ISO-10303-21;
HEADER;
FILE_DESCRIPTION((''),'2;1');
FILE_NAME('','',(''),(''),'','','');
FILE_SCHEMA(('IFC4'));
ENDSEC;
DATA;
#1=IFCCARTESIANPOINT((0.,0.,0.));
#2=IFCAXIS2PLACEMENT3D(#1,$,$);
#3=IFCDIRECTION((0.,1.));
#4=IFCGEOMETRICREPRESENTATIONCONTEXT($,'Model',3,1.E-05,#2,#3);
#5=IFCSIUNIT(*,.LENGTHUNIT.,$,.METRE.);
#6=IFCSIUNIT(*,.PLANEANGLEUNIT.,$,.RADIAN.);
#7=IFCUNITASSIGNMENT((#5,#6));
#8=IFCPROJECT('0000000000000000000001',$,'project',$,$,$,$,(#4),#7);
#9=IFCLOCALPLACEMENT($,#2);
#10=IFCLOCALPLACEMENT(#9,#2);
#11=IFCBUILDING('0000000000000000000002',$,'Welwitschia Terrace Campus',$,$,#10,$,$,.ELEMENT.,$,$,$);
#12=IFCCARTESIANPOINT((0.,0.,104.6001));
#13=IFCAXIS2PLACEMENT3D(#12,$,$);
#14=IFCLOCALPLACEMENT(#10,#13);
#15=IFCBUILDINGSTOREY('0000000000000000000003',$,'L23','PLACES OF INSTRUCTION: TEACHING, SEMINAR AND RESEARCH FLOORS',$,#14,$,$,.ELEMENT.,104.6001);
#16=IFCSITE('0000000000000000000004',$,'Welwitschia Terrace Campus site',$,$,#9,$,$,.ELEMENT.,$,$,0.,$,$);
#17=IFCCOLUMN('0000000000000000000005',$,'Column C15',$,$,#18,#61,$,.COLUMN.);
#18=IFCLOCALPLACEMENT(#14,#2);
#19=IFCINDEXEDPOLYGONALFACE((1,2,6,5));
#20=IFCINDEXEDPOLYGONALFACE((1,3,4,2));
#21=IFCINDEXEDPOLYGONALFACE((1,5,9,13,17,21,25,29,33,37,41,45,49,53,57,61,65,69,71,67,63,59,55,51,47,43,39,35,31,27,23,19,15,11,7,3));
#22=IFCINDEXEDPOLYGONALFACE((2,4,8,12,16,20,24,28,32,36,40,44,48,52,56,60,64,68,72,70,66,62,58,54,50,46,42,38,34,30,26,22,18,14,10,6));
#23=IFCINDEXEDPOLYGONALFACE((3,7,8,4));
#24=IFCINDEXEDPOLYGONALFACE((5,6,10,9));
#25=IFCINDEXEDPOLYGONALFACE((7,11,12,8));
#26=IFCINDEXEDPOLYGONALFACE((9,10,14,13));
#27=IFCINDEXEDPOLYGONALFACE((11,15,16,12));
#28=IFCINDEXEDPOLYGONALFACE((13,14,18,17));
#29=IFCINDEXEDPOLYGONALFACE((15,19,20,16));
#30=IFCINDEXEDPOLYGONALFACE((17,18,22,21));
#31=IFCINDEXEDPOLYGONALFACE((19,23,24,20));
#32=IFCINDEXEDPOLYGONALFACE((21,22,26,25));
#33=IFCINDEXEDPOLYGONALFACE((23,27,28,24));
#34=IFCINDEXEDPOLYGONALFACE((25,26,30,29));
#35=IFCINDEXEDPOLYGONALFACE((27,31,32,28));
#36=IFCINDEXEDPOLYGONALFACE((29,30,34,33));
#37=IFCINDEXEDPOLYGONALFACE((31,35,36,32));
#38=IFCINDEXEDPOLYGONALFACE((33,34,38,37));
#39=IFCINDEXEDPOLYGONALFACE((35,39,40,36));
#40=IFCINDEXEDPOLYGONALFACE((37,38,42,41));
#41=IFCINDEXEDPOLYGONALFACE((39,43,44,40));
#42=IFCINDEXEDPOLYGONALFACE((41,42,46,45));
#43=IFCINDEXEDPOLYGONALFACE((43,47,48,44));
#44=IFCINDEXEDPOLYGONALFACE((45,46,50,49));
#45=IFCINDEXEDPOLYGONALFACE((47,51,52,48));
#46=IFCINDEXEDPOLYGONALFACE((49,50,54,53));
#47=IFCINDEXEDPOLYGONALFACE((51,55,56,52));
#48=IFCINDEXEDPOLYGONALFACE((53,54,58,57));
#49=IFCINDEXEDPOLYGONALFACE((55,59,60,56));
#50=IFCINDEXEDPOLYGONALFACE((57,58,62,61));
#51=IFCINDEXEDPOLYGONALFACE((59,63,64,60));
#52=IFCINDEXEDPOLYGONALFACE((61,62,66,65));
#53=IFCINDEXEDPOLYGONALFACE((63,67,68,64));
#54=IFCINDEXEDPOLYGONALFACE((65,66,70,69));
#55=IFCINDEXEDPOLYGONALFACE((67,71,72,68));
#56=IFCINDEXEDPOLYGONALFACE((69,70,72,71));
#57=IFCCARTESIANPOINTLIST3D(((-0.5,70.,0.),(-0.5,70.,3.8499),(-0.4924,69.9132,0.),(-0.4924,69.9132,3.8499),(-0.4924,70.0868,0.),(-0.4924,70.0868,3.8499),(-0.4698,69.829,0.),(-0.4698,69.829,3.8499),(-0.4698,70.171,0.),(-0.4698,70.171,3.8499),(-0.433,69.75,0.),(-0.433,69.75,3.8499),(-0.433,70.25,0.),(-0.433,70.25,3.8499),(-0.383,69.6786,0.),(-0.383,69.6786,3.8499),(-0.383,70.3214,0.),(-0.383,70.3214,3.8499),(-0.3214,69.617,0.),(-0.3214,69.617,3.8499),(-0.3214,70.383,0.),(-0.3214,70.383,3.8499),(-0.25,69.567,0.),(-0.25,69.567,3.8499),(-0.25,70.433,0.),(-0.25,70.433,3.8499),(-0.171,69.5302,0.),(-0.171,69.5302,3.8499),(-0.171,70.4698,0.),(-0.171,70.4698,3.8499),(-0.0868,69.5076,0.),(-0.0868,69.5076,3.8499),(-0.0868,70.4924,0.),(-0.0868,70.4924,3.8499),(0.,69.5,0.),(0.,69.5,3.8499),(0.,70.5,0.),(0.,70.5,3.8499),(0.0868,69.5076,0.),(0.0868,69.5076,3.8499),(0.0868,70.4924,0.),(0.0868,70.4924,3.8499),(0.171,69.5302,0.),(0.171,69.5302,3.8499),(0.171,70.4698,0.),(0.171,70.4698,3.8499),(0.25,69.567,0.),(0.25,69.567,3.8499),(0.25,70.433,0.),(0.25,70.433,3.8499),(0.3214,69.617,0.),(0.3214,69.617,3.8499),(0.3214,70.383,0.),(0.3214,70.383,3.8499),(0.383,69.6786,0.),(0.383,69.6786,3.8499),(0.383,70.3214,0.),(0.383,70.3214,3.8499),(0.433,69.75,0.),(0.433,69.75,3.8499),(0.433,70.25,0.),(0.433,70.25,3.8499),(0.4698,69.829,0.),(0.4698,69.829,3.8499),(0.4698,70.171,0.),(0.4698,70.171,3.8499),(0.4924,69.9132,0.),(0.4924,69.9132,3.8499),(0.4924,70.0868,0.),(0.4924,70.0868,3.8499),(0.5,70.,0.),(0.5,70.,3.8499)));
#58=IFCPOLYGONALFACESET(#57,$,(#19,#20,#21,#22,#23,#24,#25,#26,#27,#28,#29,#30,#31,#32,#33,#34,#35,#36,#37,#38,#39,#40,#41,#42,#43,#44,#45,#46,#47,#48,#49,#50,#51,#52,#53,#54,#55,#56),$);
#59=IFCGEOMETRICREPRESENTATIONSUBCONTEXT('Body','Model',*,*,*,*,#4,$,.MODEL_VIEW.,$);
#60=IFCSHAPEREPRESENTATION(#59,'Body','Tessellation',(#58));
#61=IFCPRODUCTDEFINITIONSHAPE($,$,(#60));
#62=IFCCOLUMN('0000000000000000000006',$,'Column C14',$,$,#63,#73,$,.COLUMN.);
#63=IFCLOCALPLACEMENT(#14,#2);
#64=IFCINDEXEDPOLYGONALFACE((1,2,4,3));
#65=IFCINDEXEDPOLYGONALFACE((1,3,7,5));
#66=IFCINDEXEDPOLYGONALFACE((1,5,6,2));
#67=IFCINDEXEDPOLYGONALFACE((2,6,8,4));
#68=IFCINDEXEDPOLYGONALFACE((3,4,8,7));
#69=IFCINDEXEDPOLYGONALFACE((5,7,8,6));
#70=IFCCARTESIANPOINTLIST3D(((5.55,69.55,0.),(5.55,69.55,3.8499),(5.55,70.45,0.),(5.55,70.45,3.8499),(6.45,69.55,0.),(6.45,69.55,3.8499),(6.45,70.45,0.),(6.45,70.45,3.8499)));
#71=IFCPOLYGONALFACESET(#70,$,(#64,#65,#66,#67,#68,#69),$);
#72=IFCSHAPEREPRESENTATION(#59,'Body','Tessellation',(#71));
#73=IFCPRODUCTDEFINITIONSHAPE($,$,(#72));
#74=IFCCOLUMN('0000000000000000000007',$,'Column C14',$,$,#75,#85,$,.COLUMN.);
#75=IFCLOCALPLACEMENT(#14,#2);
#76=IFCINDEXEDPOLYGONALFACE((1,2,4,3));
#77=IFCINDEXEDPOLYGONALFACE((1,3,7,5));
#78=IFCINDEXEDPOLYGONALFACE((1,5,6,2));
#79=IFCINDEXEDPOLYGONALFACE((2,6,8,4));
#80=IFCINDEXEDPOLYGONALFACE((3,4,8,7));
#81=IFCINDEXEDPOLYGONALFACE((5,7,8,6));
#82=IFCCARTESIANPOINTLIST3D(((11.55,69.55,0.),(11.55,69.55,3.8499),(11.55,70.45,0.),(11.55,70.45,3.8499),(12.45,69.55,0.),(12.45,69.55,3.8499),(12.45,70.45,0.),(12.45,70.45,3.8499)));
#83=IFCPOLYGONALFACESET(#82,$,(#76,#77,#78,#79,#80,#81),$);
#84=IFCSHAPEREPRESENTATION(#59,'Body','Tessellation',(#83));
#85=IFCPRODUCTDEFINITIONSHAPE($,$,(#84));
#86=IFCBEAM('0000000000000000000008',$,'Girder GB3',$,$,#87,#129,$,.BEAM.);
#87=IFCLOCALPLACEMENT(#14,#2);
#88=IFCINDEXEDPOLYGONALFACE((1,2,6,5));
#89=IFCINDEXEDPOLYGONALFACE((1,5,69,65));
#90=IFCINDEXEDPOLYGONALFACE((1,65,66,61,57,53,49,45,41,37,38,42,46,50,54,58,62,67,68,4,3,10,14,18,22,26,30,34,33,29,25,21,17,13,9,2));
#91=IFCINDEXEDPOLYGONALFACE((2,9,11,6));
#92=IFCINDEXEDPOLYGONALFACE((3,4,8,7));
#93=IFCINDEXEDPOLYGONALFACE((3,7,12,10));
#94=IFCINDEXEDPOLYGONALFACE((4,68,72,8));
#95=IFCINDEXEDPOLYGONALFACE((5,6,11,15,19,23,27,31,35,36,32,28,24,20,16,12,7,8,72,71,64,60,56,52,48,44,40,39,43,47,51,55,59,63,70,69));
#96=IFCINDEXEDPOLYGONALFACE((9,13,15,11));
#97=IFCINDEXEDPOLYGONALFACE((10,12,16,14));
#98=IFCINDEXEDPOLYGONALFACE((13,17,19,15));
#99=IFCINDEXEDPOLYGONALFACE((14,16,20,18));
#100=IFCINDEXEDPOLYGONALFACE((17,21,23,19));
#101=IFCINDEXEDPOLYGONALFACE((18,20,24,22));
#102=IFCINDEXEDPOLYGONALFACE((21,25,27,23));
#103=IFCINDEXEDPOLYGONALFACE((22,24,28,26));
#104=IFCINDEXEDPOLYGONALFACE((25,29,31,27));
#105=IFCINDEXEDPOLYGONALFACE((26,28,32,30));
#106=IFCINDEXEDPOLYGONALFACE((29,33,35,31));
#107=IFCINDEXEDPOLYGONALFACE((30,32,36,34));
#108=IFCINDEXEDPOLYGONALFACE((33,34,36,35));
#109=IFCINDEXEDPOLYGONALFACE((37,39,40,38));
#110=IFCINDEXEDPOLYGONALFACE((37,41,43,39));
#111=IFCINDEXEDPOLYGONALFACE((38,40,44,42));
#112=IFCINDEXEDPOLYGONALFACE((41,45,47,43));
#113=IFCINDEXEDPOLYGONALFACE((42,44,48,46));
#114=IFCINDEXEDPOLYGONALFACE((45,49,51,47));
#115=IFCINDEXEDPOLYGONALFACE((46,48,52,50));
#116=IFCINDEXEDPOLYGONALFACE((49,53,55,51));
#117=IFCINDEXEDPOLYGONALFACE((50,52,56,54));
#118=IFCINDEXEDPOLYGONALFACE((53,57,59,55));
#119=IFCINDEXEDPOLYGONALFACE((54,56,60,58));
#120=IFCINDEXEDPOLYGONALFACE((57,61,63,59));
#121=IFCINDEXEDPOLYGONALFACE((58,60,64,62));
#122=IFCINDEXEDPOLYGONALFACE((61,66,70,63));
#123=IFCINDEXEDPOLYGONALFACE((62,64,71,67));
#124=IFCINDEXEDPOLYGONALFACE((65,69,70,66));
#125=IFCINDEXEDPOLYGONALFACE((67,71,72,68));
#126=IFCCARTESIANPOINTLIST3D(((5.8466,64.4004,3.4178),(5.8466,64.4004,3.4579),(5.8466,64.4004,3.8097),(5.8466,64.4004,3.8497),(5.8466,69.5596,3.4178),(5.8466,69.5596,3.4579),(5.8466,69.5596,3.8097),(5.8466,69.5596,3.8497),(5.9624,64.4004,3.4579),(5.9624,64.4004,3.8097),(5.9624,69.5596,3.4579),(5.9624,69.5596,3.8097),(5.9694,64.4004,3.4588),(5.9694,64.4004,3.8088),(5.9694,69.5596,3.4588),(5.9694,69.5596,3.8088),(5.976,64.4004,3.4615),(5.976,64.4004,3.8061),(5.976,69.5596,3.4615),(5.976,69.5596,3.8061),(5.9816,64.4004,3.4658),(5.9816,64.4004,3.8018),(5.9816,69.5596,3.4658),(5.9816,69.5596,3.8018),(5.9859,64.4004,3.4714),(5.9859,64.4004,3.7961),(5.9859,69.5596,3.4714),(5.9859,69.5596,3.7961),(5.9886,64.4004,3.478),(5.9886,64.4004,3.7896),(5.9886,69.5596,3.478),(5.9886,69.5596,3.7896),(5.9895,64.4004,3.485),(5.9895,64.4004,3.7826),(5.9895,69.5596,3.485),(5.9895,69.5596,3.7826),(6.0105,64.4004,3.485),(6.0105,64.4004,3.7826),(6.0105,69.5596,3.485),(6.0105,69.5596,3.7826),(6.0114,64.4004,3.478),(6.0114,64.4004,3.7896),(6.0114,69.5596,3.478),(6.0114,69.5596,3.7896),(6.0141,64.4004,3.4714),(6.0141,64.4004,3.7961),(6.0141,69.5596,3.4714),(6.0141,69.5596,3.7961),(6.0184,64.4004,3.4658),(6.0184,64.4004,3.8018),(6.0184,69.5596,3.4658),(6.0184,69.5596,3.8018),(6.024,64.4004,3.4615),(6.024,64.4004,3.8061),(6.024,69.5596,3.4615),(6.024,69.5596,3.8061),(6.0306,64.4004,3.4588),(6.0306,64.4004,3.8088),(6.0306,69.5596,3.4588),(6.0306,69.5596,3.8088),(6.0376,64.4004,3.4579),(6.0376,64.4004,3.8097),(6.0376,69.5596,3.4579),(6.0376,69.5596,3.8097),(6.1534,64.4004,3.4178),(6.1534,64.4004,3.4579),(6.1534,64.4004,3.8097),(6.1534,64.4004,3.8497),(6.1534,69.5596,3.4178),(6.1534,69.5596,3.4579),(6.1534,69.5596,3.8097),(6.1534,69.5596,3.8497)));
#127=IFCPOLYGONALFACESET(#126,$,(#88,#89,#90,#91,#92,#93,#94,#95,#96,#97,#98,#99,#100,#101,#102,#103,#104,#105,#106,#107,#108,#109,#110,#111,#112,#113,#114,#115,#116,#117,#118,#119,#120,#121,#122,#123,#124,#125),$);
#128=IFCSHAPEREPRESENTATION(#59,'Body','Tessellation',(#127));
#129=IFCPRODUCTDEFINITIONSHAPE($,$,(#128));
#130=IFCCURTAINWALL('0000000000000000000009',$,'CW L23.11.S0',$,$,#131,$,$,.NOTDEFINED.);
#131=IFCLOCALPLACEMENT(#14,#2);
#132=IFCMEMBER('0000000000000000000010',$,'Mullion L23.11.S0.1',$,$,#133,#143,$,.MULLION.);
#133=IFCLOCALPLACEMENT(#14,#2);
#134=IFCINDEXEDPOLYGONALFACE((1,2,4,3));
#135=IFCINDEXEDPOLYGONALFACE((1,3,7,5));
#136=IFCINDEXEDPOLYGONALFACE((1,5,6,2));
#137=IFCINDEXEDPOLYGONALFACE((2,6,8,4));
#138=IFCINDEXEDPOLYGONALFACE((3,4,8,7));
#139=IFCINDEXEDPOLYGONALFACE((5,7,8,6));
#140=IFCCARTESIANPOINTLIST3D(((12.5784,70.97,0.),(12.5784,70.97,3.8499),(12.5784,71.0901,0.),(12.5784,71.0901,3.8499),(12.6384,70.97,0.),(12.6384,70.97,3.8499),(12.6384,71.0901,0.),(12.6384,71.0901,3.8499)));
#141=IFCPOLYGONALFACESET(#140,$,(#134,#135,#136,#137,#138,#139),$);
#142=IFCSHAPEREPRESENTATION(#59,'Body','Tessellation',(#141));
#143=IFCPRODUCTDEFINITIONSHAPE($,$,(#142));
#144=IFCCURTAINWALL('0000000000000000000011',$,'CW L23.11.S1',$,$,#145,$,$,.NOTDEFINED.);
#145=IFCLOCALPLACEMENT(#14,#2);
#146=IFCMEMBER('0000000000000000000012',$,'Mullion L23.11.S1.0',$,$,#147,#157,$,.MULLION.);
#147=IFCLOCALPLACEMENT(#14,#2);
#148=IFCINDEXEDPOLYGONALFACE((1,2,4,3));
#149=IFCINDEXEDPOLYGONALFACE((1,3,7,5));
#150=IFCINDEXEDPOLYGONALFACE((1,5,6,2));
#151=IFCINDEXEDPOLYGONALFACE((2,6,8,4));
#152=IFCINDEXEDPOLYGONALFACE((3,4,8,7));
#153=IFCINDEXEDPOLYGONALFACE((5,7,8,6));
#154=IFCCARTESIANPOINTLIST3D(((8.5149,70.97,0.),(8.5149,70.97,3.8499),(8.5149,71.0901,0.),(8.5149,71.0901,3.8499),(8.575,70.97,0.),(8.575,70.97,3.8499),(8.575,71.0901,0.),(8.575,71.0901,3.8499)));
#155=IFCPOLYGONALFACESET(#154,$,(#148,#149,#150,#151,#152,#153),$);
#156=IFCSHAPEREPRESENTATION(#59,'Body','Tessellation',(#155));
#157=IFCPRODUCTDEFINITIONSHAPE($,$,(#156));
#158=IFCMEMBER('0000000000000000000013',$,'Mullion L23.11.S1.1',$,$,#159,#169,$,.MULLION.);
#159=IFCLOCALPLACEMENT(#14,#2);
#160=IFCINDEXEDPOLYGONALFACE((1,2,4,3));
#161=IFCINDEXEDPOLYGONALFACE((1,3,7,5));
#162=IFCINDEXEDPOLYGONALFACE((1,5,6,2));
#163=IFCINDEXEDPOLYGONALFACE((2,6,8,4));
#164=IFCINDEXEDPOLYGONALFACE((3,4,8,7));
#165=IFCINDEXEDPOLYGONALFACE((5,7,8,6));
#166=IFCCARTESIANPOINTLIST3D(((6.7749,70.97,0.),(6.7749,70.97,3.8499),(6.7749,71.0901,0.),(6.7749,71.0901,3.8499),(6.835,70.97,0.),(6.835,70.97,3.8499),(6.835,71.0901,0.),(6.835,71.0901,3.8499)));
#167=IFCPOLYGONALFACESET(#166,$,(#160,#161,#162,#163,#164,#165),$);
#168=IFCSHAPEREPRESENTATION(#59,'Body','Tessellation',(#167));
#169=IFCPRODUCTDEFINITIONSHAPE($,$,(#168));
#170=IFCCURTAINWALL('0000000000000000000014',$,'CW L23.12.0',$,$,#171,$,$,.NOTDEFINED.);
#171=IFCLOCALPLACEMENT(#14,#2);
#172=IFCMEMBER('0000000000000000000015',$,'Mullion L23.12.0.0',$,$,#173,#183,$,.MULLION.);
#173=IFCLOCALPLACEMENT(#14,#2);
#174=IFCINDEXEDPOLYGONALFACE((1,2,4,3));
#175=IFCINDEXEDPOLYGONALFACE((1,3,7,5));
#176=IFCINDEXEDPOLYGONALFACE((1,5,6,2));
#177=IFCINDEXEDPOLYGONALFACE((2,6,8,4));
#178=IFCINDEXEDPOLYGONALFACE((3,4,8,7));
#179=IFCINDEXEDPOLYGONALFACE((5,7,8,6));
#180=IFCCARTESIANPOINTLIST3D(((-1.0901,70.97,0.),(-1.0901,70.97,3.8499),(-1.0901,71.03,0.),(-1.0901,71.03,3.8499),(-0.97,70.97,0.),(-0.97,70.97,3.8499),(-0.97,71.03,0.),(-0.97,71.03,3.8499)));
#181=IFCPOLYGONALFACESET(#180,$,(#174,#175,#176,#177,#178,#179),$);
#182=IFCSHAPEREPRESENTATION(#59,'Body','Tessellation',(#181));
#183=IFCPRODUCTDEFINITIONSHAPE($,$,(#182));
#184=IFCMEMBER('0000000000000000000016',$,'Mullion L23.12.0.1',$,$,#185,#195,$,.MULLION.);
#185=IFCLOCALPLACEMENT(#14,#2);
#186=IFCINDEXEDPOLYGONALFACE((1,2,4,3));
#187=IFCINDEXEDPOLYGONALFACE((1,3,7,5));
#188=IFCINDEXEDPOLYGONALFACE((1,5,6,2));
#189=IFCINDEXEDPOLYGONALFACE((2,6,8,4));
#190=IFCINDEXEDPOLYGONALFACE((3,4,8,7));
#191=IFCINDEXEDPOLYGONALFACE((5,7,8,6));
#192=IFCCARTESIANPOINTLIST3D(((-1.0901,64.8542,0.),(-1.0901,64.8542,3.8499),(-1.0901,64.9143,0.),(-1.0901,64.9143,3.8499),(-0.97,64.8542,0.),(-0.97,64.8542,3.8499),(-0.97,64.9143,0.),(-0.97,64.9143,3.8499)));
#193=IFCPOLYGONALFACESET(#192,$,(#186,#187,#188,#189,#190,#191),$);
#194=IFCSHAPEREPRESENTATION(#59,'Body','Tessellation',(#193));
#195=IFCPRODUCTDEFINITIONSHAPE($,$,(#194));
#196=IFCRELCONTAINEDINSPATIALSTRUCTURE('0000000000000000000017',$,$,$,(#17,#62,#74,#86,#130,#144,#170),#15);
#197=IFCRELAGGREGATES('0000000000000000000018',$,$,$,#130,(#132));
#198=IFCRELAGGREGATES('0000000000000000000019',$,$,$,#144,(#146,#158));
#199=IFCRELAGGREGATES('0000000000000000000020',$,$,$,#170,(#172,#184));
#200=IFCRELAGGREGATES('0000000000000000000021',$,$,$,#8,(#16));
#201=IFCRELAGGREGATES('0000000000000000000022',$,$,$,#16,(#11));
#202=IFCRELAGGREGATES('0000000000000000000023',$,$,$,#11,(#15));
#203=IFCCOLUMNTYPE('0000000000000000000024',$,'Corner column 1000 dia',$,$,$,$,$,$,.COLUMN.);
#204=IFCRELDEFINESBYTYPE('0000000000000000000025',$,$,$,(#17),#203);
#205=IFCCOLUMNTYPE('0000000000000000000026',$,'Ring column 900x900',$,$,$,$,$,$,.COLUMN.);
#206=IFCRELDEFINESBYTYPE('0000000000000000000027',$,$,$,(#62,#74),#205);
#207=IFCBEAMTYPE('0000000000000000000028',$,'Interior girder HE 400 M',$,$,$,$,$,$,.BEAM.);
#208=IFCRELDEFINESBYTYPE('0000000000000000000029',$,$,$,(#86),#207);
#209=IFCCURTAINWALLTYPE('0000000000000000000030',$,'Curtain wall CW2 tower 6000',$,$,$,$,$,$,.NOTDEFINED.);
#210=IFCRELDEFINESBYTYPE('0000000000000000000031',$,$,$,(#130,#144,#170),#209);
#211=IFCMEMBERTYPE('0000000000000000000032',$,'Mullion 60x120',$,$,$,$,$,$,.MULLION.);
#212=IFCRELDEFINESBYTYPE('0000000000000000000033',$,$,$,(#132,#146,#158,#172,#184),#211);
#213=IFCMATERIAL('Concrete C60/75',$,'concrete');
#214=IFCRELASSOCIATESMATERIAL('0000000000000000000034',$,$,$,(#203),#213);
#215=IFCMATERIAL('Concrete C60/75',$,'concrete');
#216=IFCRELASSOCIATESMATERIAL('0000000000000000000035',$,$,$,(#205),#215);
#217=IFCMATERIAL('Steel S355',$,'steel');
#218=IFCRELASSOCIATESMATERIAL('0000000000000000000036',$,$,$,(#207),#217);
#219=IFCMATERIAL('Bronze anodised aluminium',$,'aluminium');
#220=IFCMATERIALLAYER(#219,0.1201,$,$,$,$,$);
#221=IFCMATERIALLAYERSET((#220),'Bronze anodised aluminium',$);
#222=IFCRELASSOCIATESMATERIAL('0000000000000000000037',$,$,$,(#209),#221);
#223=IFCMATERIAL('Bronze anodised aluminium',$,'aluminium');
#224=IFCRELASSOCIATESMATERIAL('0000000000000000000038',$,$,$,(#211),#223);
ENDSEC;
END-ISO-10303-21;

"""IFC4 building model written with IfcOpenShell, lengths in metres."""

from ifc_helpers import new_model, si_unit, direction, frame, origin, origin_2d, place, context, subcontext, project, spatial, rectangle, circle, i_section, extrude, material, layer, layer_set, material_profile, profile_set, type_object, element, aggregate, save


model = new_model("IFC4")

# Units and contexts
model_context = context("Model", 3, precision=1e-05, world=origin(), true_north=direction((0.0, 1.0)))
body_context = subcontext(model_context, "Body", "Model", "MODEL_VIEW")
ifc_project = project(units=[si_unit("LENGTHUNIT", "METRE"), si_unit("PLANEANGLEUNIT", "RADIAN")], contexts=[model_context])

# Site, building, storey
site_placement = place(None, origin())
site = spatial("IfcSite", under=ifc_project, at=site_placement, Name="Welwitschia Terrace Campus site", CompositionType="ELEMENT", RefElevation=0.0)
building_placement = place(site_placement, origin())
building = spatial("IfcBuilding", under=site, at=building_placement, Name="Welwitschia Terrace Campus", CompositionType="ELEMENT")
storey_placement = place(building_placement, frame((0.0, 0.0, 104.6001)))
storey = spatial("IfcBuildingStorey", under=building, at=storey_placement, Name="L23", Description="PLACES OF INSTRUCTION: TEACHING, SEMINAR AND RESEARCH FLOORS", CompositionType="ELEMENT", Elevation=104.6001)

# Columns
ifc_material_1 = material(Name="Concrete C60/75", Category="concrete")
ifc_material_profile_1 = material_profile(ifc_material_1, circle(Radius=0.5, at=origin_2d()))
ifc_profile_set_1 = profile_set([ifc_material_profile_1], Name="Concrete C60/75")
column_type_1 = type_object("IfcColumnType", Name="Corner column 1000 dia", PredefinedType="COLUMN", material=ifc_profile_set_1)
column_placement = place(storey_placement, frame((0.0, 70.0, 0.0), z_axis=(0.0, 0.0, 1.0), x_axis=(1.0, 0.0, 0.0)))
element("IfcColumn", 1, at=column_placement, inside=storey, type_object=column_type_1, Name="Column C15", PredefinedType="COLUMN", context=body_context, shape_type="SweptSolid", body=[
    extrude(circle(Radius=0.5, at=origin_2d()), origin(), (0.0, 0.0, 1.0), 3.8499),
])
ifc_material_2 = material(Name="Concrete C60/75", Category="concrete")
ifc_material_profile_2 = material_profile(ifc_material_2, rectangle(XDim=0.8999, YDim=0.8999, at=origin_2d()))
ifc_profile_set_2 = profile_set([ifc_material_profile_2], Name="Concrete C60/75")
column_type_2 = type_object("IfcColumnType", Name="Ring column 900x900", PredefinedType="COLUMN", material=ifc_profile_set_2)
for number, where, z_axis, x_axis, name in (
    (2, (6.0, 70.0, 0.0), (0.0, 0.0, 1.0), (1.0, 0.0, 0.0), "Column C14"),
    (3, (12.0, 70.0, 0.0), (0.0, 0.0, 1.0), (1.0, 0.0, 0.0), "Column C14"),
):
    element("IfcColumn", number, at=place(storey_placement, frame(where, z_axis=z_axis, x_axis=x_axis)), inside=storey, type_object=column_type_2, Name=name, PredefinedType="COLUMN", context=body_context, shape_type="SweptSolid", body=[
        extrude(rectangle(XDim=0.8999, YDim=0.8999, at=origin_2d()), origin(), (0.0, 0.0, 1.0), 3.8499),
    ])

# Beam
ifc_material_3 = material(Name="Steel S355", Category="steel")
ifc_material_profile_3 = material_profile(ifc_material_3, i_section(OverallWidth=0.3069, OverallDepth=0.4319, WebThickness=0.021, FlangeThickness=0.04, FilletRadius=0.0271, at=origin_2d()))
ifc_profile_set_3 = profile_set([ifc_material_profile_3], Name="Steel S355")
beam_type_1 = type_object("IfcBeamType", Name="Interior girder HE 400 M", PredefinedType="BEAM", material=ifc_profile_set_3)
beam_1_placement = place(storey_placement, frame((6.0, 64.4004, 3.6338), z_axis=(0.0, 1.0, 0.0), x_axis=(-1.0, 0.0, 0.0)))
element("IfcBeam", 4, at=beam_1_placement, inside=storey, type_object=beam_type_1, Name="Girder GB3", PredefinedType="BEAM", context=body_context, shape_type="SweptSolid", body=[
    extrude(i_section(OverallWidth=0.3069, OverallDepth=0.4319, WebThickness=0.021, FlangeThickness=0.04, FilletRadius=0.0271, at=origin_2d()), origin(), (0.0, 0.0, 1.0), 5.1592),
])

# Curtain wall, member
ifc_material_4 = material(Name="Bronze anodised aluminium", Category="aluminium")
ifc_layer_1 = layer(ifc_material_4, 0.1201)
ifc_layer_set_1 = layer_set([ifc_layer_1], Name="Bronze anodised aluminium")
curtain_wall_type = type_object("IfcCurtainWallType", Name="Curtain wall CW2 tower 6000", PredefinedType="NOTDEFINED", material=ifc_layer_set_1)
curtain_wall_1_placement = place(storey_placement, origin())
curtain_wall_1 = element("IfcCurtainWall", 5, at=curtain_wall_1_placement, inside=storey, type_object=curtain_wall_type, Name="CW L23.11.S0", PredefinedType="NOTDEFINED")
ifc_material_5 = material(Name="Bronze anodised aluminium", Category="aluminium")
ifc_material_profile_4 = material_profile(ifc_material_5, rectangle(XDim=0.1201, YDim=0.0601, at=origin_2d()))
ifc_profile_set_4 = profile_set([ifc_material_profile_4], Name="Bronze anodised aluminium")
member_type_1 = type_object("IfcMemberType", Name="Mullion 60x120", PredefinedType="MULLION", material=ifc_profile_set_4)
member_1_placement = place(storey_placement, frame((12.6084, 71.03, 0.0), z_axis=(0.0, 0.0, 1.0), x_axis=(0.0, -1.0, 0.0)))
member_1 = element("IfcMember", 6, at=member_1_placement, type_object=member_type_1, Name="Mullion L23.11.S0.1", PredefinedType="MULLION", context=body_context, shape_type="SweptSolid", body=[
    extrude(rectangle(XDim=0.1201, YDim=0.0601, at=origin_2d()), origin(), (0.0, 0.0, 1.0), 3.8499),
])

# Curtain walls, members
curtain_wall_2_placement = place(storey_placement, origin())
curtain_wall_2 = element("IfcCurtainWall", 7, at=curtain_wall_2_placement, inside=storey, type_object=curtain_wall_type, Name="CW L23.11.S1", PredefinedType="NOTDEFINED")
member_2_placement = place(storey_placement, frame((8.5449, 71.03, 0.0), z_axis=(0.0, 0.0, 1.0), x_axis=(0.0, -1.0, 0.0)))
member_2 = element("IfcMember", 8, at=member_2_placement, type_object=member_type_1, Name="Mullion L23.11.S1.0", PredefinedType="MULLION", context=body_context, shape_type="SweptSolid", body=[
    extrude(rectangle(XDim=0.1201, YDim=0.0601, at=origin_2d()), origin(), (0.0, 0.0, 1.0), 3.8499),
])
member_3_placement = place(storey_placement, frame((6.8049, 71.03, 0.0), z_axis=(0.0, 0.0, 1.0), x_axis=(0.0, -1.0, 0.0)))
member_3 = element("IfcMember", 9, at=member_3_placement, type_object=member_type_1, Name="Mullion L23.11.S1.1", PredefinedType="MULLION", context=body_context, shape_type="SweptSolid", body=[
    extrude(rectangle(XDim=0.1201, YDim=0.0601, at=origin_2d()), origin(), (0.0, 0.0, 1.0), 3.8499),
])
curtain_wall_3_placement = place(storey_placement, origin())
curtain_wall_3 = element("IfcCurtainWall", 10, at=curtain_wall_3_placement, inside=storey, type_object=curtain_wall_type, Name="CW L23.12.0", PredefinedType="NOTDEFINED")
member_4_placement = place(storey_placement, frame((-1.03, 71.0, 0.0), z_axis=(0.0, 0.0, 1.0), x_axis=(1.0, 0.0, 0.0)))
member_4 = element("IfcMember", 11, at=member_4_placement, type_object=member_type_1, Name="Mullion L23.12.0.0", PredefinedType="MULLION", context=body_context, shape_type="SweptSolid", body=[
    extrude(rectangle(XDim=0.1201, YDim=0.0601, at=origin_2d()), origin(), (0.0, 0.0, 1.0), 3.8499),
])
member_5_placement = place(storey_placement, frame((-1.03, 64.8843, 0.0), z_axis=(0.0, 0.0, 1.0), x_axis=(1.0, 0.0, 0.0)))
member_5 = element("IfcMember", 12, at=member_5_placement, type_object=member_type_1, Name="Mullion L23.12.0.1", PredefinedType="MULLION", context=body_context, shape_type="SweptSolid", body=[
    extrude(rectangle(XDim=0.1201, YDim=0.0601, at=origin_2d()), origin(), (0.0, 0.0, 1.0), 3.8499),
])

aggregate(curtain_wall_1, [member_1])
aggregate(curtain_wall_2, [member_2, member_3])
aggregate(curtain_wall_3, [member_4, member_5])

save(model, "model.ifc")
